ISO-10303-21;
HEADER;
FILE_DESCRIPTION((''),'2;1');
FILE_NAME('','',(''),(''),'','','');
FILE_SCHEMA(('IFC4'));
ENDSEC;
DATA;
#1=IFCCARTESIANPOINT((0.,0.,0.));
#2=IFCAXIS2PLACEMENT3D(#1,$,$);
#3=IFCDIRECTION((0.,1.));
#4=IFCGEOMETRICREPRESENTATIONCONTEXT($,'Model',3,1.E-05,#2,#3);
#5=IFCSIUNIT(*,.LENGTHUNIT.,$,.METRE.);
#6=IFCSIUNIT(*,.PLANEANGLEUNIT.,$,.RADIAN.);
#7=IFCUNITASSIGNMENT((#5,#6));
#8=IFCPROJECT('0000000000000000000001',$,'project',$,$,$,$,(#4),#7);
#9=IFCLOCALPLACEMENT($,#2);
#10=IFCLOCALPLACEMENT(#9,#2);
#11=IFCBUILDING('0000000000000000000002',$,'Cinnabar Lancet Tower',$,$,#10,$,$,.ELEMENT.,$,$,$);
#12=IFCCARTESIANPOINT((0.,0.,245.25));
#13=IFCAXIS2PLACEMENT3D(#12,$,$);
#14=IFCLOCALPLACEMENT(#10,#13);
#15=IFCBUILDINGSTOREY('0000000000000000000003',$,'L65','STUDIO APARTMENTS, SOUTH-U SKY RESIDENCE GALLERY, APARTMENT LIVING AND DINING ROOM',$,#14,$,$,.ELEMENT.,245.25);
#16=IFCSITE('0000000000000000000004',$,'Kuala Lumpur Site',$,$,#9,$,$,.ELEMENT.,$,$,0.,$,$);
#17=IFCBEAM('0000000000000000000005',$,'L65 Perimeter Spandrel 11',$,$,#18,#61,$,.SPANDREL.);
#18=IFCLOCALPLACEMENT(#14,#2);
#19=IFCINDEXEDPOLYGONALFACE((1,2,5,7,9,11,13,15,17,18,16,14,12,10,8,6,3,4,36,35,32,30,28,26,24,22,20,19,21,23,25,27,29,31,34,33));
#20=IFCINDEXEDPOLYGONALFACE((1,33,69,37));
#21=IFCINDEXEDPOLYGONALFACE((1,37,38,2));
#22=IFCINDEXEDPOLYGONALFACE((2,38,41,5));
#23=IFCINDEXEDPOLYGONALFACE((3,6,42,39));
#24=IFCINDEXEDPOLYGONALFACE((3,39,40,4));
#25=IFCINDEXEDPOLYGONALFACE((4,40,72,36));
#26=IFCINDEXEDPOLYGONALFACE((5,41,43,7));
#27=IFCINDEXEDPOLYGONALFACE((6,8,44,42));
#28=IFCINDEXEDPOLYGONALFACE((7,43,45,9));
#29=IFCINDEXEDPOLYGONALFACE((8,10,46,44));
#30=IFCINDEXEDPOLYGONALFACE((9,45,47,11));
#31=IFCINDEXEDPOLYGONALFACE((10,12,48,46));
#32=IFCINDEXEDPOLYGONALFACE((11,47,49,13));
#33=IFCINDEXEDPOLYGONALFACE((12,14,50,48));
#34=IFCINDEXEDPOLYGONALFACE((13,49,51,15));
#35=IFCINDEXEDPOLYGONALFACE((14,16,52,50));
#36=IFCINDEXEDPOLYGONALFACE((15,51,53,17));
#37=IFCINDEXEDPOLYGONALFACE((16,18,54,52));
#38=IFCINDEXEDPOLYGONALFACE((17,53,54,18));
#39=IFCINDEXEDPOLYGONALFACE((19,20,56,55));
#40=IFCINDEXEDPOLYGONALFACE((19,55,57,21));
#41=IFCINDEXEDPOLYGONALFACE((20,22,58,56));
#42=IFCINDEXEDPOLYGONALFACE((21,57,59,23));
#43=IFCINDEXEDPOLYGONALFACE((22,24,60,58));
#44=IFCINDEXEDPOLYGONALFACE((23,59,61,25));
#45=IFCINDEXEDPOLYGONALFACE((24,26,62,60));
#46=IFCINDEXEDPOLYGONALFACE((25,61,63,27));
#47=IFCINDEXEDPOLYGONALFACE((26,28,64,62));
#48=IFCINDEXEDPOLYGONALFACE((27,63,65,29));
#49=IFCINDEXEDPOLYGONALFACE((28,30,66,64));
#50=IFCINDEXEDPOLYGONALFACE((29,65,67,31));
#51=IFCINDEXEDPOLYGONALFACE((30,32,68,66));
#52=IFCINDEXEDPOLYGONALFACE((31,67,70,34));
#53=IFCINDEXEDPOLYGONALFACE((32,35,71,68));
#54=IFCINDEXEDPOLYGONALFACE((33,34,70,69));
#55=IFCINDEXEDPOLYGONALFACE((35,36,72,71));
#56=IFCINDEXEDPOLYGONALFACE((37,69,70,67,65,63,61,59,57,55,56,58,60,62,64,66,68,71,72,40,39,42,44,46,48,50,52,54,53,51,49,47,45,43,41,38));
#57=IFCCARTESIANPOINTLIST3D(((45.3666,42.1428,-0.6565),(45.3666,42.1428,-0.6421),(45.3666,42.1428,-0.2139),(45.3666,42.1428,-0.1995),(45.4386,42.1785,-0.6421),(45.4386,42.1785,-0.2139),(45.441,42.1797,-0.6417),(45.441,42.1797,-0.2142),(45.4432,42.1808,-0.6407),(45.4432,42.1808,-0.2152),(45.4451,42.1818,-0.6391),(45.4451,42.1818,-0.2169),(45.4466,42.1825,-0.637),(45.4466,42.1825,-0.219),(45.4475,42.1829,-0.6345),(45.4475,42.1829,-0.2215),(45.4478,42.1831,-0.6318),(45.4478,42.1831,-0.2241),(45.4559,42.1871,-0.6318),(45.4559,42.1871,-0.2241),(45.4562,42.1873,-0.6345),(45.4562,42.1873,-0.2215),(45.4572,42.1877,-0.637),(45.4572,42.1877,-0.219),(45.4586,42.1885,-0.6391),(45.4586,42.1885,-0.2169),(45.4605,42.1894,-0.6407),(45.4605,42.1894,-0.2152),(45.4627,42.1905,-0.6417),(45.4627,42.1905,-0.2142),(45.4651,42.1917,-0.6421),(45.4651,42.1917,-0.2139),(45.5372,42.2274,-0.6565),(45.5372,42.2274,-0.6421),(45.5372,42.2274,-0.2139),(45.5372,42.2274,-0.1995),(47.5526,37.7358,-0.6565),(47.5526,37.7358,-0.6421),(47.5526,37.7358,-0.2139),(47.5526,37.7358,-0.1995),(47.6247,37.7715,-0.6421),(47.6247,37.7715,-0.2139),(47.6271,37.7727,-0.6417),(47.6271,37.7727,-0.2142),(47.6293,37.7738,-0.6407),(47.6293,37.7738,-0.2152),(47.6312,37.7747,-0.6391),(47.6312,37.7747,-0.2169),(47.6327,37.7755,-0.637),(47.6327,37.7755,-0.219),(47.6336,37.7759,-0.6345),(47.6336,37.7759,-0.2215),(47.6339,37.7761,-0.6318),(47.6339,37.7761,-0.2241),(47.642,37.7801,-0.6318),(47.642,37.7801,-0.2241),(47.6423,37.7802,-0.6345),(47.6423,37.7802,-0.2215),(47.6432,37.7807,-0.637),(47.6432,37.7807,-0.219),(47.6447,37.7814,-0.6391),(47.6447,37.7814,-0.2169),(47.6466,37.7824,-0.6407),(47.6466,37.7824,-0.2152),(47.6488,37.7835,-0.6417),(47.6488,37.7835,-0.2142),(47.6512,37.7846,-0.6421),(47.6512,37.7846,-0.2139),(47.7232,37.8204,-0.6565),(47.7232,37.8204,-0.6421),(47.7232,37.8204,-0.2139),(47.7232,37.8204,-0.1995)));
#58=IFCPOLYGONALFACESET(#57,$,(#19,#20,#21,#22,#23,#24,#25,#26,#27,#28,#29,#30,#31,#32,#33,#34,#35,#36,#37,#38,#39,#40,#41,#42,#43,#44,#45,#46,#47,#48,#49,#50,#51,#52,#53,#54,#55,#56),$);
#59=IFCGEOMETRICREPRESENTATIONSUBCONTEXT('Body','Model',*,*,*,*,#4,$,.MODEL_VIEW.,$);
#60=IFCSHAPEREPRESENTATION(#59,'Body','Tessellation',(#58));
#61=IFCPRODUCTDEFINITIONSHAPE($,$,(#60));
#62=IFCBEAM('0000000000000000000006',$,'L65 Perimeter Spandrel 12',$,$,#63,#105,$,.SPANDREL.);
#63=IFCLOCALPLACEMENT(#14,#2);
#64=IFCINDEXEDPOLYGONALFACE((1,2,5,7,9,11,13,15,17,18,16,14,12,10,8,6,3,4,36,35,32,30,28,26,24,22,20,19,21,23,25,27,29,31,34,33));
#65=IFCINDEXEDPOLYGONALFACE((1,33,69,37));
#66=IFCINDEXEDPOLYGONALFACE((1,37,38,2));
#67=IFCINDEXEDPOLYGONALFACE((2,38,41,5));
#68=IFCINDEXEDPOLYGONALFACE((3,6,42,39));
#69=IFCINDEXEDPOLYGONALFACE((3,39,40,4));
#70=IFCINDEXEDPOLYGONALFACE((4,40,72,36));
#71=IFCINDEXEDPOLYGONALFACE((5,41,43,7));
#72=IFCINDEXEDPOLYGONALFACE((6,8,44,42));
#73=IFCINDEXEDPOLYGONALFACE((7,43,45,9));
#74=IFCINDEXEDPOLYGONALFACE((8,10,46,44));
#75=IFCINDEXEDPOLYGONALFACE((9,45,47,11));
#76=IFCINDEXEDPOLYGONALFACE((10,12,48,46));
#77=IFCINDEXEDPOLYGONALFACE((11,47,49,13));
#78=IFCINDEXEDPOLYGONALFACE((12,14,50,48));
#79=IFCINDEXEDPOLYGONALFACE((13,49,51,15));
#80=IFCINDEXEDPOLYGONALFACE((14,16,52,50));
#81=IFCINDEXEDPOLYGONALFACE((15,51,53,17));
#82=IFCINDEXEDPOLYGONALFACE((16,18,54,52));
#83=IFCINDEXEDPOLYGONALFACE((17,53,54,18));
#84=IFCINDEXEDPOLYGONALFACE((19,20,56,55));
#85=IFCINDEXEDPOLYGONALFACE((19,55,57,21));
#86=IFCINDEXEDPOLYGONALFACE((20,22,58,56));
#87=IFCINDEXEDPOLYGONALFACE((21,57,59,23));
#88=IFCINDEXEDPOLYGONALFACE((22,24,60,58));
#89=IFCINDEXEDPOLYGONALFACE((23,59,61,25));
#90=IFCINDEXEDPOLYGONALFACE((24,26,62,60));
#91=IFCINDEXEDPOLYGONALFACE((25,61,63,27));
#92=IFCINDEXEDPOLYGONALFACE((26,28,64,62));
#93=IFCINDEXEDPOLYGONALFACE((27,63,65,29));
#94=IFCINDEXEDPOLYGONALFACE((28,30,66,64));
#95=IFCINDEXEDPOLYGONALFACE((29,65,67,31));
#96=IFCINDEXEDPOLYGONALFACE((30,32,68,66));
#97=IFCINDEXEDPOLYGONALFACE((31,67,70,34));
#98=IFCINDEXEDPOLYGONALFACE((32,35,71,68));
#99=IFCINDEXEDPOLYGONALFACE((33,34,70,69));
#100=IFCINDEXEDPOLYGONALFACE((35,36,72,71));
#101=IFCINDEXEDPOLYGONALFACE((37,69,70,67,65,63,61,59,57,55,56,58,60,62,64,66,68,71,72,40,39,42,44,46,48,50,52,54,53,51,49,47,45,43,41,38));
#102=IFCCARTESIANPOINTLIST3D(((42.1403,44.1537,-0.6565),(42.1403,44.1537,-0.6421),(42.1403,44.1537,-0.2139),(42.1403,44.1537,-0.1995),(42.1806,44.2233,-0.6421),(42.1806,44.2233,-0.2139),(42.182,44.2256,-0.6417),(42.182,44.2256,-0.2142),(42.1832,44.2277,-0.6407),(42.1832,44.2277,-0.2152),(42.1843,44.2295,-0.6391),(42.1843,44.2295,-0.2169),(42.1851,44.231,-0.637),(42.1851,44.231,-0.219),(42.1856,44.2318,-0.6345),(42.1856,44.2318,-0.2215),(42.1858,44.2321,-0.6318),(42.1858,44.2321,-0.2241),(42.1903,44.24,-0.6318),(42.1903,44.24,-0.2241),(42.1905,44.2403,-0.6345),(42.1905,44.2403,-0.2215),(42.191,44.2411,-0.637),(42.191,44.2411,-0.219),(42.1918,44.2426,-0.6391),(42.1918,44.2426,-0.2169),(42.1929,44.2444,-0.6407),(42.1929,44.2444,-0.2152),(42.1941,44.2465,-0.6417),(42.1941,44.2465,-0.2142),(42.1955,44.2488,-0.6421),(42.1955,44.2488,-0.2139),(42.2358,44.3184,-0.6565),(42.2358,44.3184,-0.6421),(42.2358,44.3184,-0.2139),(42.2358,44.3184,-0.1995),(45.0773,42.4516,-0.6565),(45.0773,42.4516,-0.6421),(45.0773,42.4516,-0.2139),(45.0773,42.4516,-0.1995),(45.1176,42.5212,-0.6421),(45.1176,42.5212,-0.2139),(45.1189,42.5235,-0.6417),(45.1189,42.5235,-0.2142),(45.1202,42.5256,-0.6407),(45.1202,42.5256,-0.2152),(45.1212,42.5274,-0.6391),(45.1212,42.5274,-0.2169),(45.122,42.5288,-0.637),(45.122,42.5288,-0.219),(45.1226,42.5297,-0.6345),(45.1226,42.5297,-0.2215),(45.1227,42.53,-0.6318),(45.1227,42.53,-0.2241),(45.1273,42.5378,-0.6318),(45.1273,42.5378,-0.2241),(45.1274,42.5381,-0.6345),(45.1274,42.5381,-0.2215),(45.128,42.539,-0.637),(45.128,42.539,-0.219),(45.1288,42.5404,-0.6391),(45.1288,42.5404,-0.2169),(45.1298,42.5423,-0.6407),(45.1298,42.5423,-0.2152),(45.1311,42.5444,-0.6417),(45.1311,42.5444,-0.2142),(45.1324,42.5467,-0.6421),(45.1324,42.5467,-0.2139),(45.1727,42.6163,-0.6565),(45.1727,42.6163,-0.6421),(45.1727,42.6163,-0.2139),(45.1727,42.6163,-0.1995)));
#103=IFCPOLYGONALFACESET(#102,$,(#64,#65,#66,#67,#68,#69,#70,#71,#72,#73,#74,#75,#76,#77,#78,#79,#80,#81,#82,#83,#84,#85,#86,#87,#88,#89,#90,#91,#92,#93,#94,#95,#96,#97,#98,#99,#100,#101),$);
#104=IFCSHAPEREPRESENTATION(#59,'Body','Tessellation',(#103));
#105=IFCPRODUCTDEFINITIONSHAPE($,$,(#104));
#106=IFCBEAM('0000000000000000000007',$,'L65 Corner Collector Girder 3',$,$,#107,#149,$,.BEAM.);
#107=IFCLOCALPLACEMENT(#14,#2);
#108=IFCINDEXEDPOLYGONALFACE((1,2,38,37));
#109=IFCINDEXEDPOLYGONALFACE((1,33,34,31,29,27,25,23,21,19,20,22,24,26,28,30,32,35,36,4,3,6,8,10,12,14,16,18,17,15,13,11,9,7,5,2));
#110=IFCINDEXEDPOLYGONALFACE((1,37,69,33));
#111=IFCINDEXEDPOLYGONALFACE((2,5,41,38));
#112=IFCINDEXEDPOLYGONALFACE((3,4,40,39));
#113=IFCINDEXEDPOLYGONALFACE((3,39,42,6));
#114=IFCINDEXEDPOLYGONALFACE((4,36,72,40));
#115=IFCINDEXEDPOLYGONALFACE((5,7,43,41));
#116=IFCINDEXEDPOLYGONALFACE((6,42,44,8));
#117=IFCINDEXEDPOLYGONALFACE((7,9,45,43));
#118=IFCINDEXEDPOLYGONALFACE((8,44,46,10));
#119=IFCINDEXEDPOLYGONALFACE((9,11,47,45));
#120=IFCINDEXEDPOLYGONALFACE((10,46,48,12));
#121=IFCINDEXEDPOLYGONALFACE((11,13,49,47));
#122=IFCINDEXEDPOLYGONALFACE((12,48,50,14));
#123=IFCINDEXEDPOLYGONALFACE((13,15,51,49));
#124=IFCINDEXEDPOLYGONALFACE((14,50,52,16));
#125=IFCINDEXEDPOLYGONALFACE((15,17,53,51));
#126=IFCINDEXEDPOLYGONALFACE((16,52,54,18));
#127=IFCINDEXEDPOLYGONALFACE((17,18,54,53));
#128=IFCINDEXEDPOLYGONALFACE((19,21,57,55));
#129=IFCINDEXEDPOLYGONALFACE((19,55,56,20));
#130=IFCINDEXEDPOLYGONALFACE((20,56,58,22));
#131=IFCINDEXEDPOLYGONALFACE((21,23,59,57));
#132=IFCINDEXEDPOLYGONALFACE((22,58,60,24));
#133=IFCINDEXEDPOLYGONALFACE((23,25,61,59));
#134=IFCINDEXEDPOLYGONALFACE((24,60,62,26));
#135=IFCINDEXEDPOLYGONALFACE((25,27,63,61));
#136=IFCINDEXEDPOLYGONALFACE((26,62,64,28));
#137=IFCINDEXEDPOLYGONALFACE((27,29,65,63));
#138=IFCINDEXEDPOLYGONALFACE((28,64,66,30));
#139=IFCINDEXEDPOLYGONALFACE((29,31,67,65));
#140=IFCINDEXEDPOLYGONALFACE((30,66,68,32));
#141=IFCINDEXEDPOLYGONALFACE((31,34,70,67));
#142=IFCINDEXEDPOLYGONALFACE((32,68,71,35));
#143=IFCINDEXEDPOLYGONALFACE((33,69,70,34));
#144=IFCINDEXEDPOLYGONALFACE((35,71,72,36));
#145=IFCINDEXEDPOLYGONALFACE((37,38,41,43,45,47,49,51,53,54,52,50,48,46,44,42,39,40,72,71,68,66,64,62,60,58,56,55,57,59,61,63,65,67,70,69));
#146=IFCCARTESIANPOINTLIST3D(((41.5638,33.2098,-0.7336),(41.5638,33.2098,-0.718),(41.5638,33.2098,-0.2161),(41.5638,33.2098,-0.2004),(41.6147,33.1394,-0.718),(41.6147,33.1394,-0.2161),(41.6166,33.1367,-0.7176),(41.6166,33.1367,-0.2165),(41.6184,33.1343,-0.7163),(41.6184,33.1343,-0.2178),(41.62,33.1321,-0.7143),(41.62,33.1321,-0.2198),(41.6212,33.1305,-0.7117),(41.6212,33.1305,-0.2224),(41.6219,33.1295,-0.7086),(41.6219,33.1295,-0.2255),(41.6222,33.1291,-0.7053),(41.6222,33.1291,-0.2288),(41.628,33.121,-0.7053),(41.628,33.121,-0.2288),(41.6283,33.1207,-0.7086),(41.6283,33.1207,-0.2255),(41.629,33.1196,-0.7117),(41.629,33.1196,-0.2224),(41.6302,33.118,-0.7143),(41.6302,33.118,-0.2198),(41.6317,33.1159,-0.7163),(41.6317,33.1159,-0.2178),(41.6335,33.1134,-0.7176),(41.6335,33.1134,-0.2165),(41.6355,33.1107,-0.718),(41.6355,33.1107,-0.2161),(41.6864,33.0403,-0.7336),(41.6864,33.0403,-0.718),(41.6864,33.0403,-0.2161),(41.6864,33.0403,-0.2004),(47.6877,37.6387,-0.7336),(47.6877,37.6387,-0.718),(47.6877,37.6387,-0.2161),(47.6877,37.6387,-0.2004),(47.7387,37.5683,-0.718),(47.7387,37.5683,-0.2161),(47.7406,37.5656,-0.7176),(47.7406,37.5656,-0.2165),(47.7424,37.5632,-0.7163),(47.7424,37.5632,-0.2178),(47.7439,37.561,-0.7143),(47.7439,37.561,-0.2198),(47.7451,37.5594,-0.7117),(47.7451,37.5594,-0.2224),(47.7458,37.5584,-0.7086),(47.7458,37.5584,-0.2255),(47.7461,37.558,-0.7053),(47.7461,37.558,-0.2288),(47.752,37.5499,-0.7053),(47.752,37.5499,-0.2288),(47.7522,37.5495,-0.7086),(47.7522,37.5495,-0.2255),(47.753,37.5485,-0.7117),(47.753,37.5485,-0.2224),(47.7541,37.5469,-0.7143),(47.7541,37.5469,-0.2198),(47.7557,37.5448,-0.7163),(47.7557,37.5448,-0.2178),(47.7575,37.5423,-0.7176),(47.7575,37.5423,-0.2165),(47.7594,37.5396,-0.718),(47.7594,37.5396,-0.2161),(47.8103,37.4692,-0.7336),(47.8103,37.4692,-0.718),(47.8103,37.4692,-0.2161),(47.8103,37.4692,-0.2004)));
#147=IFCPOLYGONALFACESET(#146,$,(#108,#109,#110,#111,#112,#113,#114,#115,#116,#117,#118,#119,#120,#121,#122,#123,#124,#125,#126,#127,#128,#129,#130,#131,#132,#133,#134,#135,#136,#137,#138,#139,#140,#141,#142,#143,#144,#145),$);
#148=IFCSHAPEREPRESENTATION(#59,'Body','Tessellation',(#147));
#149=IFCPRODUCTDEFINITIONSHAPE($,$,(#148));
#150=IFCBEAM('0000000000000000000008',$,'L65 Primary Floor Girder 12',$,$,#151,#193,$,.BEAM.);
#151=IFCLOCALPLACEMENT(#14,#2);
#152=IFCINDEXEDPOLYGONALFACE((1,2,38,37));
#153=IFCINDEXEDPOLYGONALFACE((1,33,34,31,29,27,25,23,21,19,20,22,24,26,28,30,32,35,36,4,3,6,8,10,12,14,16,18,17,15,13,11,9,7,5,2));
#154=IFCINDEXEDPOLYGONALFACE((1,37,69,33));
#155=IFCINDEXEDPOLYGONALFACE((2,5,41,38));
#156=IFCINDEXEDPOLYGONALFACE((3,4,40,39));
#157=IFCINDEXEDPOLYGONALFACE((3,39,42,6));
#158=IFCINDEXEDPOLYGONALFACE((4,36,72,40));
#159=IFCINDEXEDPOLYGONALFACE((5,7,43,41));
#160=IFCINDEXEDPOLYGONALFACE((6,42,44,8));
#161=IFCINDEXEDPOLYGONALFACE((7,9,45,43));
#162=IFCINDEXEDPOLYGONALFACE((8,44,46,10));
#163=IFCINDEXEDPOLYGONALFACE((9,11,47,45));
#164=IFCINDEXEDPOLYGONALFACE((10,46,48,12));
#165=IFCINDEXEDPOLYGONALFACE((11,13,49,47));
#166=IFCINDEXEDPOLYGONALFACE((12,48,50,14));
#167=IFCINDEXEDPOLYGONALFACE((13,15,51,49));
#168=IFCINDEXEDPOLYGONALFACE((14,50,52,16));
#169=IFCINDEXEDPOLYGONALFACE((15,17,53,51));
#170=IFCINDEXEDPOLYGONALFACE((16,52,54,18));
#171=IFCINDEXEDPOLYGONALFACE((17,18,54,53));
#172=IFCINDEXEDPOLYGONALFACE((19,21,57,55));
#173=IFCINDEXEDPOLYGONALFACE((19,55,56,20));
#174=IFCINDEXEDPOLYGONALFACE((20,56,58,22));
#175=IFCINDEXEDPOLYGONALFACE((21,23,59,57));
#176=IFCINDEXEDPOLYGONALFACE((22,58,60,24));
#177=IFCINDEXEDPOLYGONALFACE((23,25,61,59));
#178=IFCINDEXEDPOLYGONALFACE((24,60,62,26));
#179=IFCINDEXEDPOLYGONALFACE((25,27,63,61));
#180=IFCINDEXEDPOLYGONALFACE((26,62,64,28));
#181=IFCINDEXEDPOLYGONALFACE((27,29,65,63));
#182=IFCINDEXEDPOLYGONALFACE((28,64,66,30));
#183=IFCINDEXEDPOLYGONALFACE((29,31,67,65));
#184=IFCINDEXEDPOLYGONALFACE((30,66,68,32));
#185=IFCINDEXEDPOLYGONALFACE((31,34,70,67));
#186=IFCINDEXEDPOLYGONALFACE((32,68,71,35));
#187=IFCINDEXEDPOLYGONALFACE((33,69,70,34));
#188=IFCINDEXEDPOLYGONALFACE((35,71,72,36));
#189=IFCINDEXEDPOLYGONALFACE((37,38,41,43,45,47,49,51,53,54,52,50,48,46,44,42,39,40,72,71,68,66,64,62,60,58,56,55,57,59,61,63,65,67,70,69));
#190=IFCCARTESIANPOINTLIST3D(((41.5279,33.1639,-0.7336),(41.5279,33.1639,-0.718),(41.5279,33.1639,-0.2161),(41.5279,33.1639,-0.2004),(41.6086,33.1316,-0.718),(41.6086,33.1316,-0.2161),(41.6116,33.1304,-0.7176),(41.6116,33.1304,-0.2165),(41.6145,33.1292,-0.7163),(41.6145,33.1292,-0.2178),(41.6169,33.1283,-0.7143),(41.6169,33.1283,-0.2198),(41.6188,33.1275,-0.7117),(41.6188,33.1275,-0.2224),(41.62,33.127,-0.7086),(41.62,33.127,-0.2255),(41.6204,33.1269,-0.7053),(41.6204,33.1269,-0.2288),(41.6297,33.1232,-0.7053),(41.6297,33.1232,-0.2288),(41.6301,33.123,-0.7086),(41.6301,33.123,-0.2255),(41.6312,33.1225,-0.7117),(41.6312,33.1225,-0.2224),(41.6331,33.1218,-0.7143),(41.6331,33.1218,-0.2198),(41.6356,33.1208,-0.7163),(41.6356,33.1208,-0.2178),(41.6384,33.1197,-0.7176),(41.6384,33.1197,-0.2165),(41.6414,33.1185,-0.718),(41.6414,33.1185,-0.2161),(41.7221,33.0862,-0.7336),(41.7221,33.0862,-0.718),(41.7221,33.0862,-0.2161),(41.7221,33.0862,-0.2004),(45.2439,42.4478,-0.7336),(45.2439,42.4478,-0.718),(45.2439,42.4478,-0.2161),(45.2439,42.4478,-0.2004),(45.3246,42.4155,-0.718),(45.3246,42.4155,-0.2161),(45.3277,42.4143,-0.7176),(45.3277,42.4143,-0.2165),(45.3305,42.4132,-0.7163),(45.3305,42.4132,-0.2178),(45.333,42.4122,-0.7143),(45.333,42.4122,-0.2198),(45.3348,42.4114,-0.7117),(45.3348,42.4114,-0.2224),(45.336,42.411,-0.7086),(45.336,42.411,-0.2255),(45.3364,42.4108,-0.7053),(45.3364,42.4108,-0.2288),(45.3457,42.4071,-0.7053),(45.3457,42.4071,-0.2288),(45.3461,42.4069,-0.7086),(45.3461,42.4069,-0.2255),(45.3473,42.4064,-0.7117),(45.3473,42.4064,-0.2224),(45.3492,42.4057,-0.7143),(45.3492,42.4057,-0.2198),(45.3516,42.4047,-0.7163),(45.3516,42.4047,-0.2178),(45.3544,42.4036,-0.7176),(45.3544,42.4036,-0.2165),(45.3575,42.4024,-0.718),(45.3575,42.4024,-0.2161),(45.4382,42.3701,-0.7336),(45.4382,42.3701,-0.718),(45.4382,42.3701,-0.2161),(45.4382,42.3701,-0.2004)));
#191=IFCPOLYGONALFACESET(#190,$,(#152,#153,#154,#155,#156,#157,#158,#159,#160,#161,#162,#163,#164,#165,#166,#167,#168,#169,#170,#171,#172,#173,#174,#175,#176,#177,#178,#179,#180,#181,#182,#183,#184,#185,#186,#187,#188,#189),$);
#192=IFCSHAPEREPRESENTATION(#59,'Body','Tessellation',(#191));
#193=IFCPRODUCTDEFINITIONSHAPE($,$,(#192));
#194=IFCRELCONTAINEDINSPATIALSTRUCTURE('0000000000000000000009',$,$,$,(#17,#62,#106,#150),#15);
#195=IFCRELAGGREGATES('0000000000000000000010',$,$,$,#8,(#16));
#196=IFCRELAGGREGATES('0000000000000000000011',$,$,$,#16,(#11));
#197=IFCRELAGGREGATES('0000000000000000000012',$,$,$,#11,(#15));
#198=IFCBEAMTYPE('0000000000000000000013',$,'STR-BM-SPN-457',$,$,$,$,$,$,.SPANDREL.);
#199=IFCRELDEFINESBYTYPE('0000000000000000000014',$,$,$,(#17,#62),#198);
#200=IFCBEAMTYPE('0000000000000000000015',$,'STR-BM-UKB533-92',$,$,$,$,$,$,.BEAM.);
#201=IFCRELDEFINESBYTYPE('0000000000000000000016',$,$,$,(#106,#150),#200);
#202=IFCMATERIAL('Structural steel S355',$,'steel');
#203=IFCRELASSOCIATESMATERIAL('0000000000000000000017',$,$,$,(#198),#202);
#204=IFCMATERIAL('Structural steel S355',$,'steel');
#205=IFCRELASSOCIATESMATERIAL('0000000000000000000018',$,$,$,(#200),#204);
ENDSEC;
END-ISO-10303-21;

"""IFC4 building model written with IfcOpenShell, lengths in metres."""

from ifc_helpers import new_model, si_unit, direction, frame, origin, origin_2d, place, context, subcontext, project, spatial, i_section, extrude, material, material_profile, profile_set, type_object, element, save


model = new_model("IFC4")

# Units and contexts
model_context = context("Model", 3, precision=1e-05, world=origin(), true_north=direction((0.0, 1.0)))
body_context = subcontext(model_context, "Body", "Model", "MODEL_VIEW")
ifc_project = project(units=[si_unit("LENGTHUNIT", "METRE"), si_unit("PLANEANGLEUNIT", "RADIAN")], contexts=[model_context])

# Site, building, storey
site_placement = place(None, origin())
site = spatial("IfcSite", under=ifc_project, at=site_placement, Name="Kuala Lumpur Site", CompositionType="ELEMENT", RefElevation=0.0)
building_placement = place(site_placement, origin())
building = spatial("IfcBuilding", under=site, at=building_placement, Name="Cinnabar Lancet Tower", CompositionType="ELEMENT")
storey_placement = place(building_placement, frame((0.0, 0.0, 245.25)))
storey = spatial("IfcBuildingStorey", under=building, at=storey_placement, Name="L65", Description="STUDIO APARTMENTS, SOUTH-U SKY RESIDENCE GALLERY, APARTMENT LIVING AND DINING ROOM", CompositionType="ELEMENT", Elevation=245.25)

# Beams
ifc_material_1 = material(Name="Structural steel S355", Category="steel")
ifc_material_profile_1 = material_profile(ifc_material_1, i_section(OverallWidth=0.1904, OverallDepth=0.457, WebThickness=0.009, FlangeThickness=0.0144, FilletRadius=0.0103, at=origin_2d()), Name="UKB 457x191x74")
ifc_profile_set_1 = profile_set([ifc_material_profile_1], Name="Structural steel S355")
beam_type_1 = type_object("IfcBeamType", Name="STR-BM-SPN-457", PredefinedType="SPANDREL", material=ifc_profile_set_1)
beam_1_placement = place(storey_placement, frame((47.6379, 37.7781, -0.428), z_axis=(-0.444373, 0.895842, 0.0), x_axis=(-0.895842, -0.444373, 0.0)))
element("IfcBeam", 1, at=beam_1_placement, inside=storey, type_object=beam_type_1, Name="L65 Perimeter Spandrel 11", PredefinedType="SPANDREL", context=body_context, shape_type="SweptSolid", body=[
    extrude(i_section(OverallWidth=0.1904, OverallDepth=0.457, WebThickness=0.009, FlangeThickness=0.0144, FilletRadius=0.0103, at=origin_2d()), origin(), (0.0, 0.0, 1.0), 4.9194),
])
beam_2_placement = place(storey_placement, frame((45.125, 42.5339, -0.428), z_axis=(-0.8652, 0.501427, 0.0), x_axis=(-0.501427, -0.8652, 0.0)))
element("IfcBeam", 2, at=beam_2_placement, inside=storey, type_object=beam_type_1, Name="L65 Perimeter Spandrel 12", PredefinedType="SPANDREL", context=body_context, shape_type="SweptSolid", body=[
    extrude(i_section(OverallWidth=0.1904, OverallDepth=0.457, WebThickness=0.009, FlangeThickness=0.0144, FilletRadius=0.0103, at=origin_2d()), origin(), (0.0, 0.0, 1.0), 3.3945),
])
ifc_material_2 = material(Name="Structural steel S355", Category="steel")
ifc_material_profile_2 = material_profile(ifc_material_2, i_section(OverallWidth=0.2092, OverallDepth=0.5332, WebThickness=0.01, FlangeThickness=0.0156, FilletRadius=0.0127, at=origin_2d()), Name="UKB 533x210x92")
ifc_profile_set_2 = profile_set([ifc_material_profile_2], Name="Structural steel S355")
beam_type_2 = type_object("IfcBeamType", Name="STR-BM-UKB533-92", PredefinedType="BEAM", material=ifc_profile_set_2)
beam_3_placement = place(storey_placement, frame((47.749, 37.554, -0.467), z_axis=(-0.810299, -0.586016, 0.0), x_axis=(0.586016, -0.810299, 0.0)))
element("IfcBeam", 3, at=beam_3_placement, inside=storey, type_object=beam_type_2, Name="L65 Corner Collector Girder 3", PredefinedType="BEAM", context=body_context, shape_type="SweptSolid", body=[
    extrude(i_section(OverallWidth=0.2092, OverallDepth=0.5332, WebThickness=0.01, FlangeThickness=0.0156, FilletRadius=0.0127, at=origin_2d()), origin(), (0.0, 0.0, 1.0), 7.5576),
])
beam_4_placement = place(storey_placement, frame((45.3411, 42.4089, -0.467), z_axis=(-0.371605, -0.928391, 0.0), x_axis=(0.928391, -0.371605, 0.0)))
element("IfcBeam", 4, at=beam_4_placement, inside=storey, type_object=beam_type_2, Name="L65 Primary Floor Girder 12", PredefinedType="BEAM", context=body_context, shape_type="SweptSolid", body=[
    extrude(i_section(OverallWidth=0.2092, OverallDepth=0.5332, WebThickness=0.01, FlangeThickness=0.0156, FilletRadius=0.0127, at=origin_2d()), origin(), (0.0, 0.0, 1.0), 10.0),
])

save(model, "model.ifc")
